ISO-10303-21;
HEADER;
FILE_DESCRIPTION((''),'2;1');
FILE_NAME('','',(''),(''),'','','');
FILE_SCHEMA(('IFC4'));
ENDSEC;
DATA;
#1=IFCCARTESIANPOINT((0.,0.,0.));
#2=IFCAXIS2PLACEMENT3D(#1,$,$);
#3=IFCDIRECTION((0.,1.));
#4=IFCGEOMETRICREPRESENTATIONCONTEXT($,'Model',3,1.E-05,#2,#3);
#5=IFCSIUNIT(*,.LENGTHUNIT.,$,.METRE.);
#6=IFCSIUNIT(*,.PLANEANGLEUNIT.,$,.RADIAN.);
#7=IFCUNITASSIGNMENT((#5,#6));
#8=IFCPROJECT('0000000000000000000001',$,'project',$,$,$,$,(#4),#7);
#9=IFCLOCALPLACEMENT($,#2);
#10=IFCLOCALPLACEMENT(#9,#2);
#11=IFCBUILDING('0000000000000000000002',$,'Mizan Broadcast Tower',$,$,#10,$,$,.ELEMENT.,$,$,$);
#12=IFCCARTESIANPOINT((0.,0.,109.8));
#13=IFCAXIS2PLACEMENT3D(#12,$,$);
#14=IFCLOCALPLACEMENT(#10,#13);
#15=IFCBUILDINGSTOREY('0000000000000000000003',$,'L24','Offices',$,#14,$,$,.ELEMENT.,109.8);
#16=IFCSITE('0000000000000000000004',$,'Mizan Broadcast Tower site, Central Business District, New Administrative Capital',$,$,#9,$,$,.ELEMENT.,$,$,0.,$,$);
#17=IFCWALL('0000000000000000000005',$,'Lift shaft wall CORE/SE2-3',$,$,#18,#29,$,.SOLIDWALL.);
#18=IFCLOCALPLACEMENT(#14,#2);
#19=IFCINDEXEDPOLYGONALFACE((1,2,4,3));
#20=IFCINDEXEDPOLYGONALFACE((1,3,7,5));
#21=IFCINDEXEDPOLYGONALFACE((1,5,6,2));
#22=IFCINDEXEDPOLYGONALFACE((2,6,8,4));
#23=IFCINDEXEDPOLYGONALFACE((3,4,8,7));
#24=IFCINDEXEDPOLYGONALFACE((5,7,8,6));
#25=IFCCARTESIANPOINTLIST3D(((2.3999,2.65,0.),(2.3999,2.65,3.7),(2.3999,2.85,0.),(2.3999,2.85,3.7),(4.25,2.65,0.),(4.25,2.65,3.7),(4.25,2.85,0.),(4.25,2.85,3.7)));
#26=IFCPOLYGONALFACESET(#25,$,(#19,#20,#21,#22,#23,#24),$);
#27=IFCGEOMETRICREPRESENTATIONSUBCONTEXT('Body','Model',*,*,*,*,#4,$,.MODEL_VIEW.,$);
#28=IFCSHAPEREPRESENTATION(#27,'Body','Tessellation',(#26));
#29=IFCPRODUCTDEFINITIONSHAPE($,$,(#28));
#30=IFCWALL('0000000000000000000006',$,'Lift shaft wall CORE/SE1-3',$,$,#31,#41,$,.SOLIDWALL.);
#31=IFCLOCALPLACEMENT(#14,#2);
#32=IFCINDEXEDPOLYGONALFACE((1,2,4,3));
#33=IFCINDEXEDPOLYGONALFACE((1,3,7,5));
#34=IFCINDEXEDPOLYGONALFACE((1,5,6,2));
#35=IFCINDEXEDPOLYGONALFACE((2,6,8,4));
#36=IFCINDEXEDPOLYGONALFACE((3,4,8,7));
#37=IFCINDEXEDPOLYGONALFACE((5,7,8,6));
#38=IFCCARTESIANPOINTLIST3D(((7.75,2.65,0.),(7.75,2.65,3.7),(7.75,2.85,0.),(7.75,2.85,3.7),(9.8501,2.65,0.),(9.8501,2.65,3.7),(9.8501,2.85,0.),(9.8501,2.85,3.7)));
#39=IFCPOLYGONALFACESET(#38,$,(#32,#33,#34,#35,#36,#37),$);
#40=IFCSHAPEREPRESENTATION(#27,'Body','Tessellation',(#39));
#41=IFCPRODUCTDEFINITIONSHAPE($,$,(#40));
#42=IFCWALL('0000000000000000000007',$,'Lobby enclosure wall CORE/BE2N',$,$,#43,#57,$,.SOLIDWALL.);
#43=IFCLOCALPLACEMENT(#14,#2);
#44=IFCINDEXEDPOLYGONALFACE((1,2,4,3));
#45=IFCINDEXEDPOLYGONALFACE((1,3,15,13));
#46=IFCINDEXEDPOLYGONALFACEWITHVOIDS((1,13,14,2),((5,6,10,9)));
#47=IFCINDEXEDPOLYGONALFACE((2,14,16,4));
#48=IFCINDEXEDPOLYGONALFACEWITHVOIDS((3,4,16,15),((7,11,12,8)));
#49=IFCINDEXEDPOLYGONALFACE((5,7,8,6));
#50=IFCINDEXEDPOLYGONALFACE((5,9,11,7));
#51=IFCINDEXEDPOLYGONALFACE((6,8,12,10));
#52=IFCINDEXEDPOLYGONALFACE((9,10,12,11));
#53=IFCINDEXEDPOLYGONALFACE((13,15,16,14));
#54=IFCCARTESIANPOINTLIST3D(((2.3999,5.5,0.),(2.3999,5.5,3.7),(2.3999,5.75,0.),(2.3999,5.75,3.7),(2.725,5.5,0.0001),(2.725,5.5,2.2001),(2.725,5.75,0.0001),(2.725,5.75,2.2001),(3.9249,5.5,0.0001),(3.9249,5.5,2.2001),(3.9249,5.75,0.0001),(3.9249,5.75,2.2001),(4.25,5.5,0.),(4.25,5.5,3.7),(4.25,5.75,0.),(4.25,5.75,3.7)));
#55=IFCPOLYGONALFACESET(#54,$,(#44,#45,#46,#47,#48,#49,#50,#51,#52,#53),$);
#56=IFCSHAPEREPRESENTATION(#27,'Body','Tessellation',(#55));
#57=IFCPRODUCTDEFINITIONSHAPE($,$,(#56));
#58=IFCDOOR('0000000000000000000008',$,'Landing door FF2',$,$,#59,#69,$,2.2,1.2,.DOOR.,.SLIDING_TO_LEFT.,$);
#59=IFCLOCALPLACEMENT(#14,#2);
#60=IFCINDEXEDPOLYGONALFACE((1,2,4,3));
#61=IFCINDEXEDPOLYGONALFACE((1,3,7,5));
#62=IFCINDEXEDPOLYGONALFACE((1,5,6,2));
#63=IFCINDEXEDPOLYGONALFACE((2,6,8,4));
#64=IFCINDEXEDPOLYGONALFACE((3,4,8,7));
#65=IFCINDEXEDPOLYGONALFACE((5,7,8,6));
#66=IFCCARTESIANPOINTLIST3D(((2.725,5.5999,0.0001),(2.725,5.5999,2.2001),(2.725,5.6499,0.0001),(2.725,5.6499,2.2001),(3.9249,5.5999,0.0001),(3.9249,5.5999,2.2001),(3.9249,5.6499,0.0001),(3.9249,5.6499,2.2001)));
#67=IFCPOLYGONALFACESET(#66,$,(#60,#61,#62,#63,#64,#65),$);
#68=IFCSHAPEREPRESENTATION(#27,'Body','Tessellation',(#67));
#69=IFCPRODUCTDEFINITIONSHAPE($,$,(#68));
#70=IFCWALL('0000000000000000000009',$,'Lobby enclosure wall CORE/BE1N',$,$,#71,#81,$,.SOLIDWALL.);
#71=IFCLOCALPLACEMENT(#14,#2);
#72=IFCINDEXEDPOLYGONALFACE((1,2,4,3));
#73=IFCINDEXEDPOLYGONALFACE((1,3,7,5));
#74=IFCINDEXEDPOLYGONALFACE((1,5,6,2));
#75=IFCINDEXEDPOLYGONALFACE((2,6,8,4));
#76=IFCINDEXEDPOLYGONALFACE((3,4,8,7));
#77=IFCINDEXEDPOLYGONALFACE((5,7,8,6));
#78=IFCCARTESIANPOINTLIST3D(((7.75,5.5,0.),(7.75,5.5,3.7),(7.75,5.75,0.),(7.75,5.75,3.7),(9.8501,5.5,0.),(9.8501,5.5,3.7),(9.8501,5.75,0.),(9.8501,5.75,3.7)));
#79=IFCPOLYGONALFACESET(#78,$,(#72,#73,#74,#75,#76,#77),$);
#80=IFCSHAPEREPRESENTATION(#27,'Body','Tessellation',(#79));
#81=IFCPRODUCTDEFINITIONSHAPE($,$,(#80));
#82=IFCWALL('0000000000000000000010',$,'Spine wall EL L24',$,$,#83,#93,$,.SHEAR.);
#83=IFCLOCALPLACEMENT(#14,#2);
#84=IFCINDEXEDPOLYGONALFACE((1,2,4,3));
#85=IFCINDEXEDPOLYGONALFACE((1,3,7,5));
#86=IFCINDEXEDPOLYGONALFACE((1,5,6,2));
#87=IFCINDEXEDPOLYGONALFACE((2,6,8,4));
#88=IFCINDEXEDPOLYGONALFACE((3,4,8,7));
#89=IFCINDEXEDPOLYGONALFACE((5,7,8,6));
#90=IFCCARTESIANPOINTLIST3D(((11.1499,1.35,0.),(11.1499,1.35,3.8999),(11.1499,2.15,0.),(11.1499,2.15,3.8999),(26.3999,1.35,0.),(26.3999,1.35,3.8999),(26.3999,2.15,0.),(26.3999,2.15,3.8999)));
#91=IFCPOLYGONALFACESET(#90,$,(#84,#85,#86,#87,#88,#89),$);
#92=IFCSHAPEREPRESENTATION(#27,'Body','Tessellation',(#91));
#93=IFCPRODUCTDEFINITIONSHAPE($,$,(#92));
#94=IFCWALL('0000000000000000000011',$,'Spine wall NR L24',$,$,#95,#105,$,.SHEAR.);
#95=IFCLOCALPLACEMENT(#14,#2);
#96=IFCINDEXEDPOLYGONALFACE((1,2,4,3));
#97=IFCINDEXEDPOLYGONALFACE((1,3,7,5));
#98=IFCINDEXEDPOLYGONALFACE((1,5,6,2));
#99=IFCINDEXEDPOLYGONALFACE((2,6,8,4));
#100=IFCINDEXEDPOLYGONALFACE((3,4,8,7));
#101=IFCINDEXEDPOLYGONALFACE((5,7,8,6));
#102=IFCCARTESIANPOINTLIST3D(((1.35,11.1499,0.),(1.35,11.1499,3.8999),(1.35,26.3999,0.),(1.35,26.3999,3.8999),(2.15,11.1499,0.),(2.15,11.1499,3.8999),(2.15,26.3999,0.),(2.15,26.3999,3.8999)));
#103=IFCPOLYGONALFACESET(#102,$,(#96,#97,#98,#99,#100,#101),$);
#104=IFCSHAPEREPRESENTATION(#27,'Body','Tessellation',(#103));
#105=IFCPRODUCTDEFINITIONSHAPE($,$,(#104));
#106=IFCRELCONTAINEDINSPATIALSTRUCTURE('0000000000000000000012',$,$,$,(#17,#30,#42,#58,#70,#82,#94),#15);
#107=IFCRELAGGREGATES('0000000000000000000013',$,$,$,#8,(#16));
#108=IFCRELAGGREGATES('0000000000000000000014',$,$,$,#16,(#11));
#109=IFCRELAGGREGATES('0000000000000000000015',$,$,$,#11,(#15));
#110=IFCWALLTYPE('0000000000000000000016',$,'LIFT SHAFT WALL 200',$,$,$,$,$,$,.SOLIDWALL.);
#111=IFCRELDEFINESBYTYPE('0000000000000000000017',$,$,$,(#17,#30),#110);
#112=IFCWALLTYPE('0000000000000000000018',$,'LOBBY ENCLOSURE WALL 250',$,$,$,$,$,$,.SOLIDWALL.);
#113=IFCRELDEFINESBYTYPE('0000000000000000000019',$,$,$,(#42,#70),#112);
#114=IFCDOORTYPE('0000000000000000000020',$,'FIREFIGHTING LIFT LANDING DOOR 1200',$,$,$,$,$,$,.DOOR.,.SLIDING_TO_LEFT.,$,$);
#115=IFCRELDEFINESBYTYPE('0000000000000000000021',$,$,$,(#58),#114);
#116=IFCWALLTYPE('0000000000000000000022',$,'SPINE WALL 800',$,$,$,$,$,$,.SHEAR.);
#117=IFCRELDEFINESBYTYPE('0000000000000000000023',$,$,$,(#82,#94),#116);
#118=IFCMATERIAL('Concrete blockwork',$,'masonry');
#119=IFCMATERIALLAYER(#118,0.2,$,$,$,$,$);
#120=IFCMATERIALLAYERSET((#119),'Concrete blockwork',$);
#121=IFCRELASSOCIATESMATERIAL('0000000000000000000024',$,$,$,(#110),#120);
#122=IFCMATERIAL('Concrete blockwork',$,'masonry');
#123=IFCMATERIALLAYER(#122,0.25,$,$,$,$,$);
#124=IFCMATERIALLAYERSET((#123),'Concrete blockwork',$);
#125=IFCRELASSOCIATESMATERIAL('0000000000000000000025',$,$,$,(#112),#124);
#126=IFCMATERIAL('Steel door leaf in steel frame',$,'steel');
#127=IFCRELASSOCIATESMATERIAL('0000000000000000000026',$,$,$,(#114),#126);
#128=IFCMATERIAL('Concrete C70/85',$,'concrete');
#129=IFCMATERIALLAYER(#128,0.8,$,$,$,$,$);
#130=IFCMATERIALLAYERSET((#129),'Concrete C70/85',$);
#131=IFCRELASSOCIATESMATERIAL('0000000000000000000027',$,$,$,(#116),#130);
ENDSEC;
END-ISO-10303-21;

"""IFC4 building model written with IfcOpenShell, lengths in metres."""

from ifc_helpers import new_model, si_unit, direction, frame, frame_2d, origin, place, context, subcontext, project, spatial, rectangle, extrude, material, layer, layer_set, type_object, element, fill, save


model = new_model("IFC4")

# Units and contexts
model_context = context("Model", 3, precision=1e-05, world=origin(), true_north=direction((0.0, 1.0)))
body_context = subcontext(model_context, "Body", "Model", "MODEL_VIEW")
ifc_project = project(units=[si_unit("LENGTHUNIT", "METRE"), si_unit("PLANEANGLEUNIT", "RADIAN")], contexts=[model_context])

# Site, building, storey
site_placement = place(None, origin())
site = spatial("IfcSite", under=ifc_project, at=site_placement, Name="Mizan Broadcast Tower site, Central Business District, New Administrative Capital", CompositionType="ELEMENT", RefElevation=0.0)
building_placement = place(site_placement, origin())
building = spatial("IfcBuilding", under=site, at=building_placement, Name="Mizan Broadcast Tower", CompositionType="ELEMENT")
storey_placement = place(building_placement, frame((0.0, 0.0, 109.8)))
storey = spatial("IfcBuildingStorey", under=building, at=storey_placement, Name="L24", Description="Offices", CompositionType="ELEMENT", Elevation=109.8)

# Walls
ifc_material_1 = material(Name="Concrete blockwork", Category="masonry")
ifc_layer_1 = layer(ifc_material_1, 0.2)
ifc_layer_set_1 = layer_set([ifc_layer_1], Name="Concrete blockwork")
wall_type_1 = type_object("IfcWallType", Name="LIFT SHAFT WALL 200", PredefinedType="SOLIDWALL", material=ifc_layer_set_1)
wall_1_placement = place(storey_placement, frame((2.3999, 2.75, 0.0), z_axis=(0.0, 0.0, 1.0), x_axis=(1.0, 0.0, 0.0)))
element("IfcWall", 1, at=wall_1_placement, inside=storey, type_object=wall_type_1, Name="Lift shaft wall CORE/SE2-3", PredefinedType="SOLIDWALL", context=body_context, shape_type="SweptSolid", body=[
    extrude(rectangle(XDim=1.8501, YDim=0.2, at=frame_2d((0.925, 0.0))), origin(), (0.0, 0.0, 1.0), 3.7),
])
wall_2_placement = place(storey_placement, frame((7.75, 2.75, 0.0), z_axis=(0.0, 0.0, 1.0), x_axis=(1.0, 0.0, 0.0)))
element("IfcWall", 2, at=wall_2_placement, inside=storey, type_object=wall_type_1, Name="Lift shaft wall CORE/SE1-3", PredefinedType="SOLIDWALL", context=body_context, shape_type="SweptSolid", body=[
    extrude(rectangle(XDim=2.1001, YDim=0.2, at=frame_2d((1.05, 0.0))), origin(), (0.0, 0.0, 1.0), 3.7),
])

# Wall, opening, door
ifc_material_2 = material(Name="Concrete blockwork", Category="masonry")
ifc_layer_2 = layer(ifc_material_2, 0.25)
ifc_layer_set_2 = layer_set([ifc_layer_2], Name="Concrete blockwork")
wall_type_2 = type_object("IfcWallType", Name="LOBBY ENCLOSURE WALL 250", PredefinedType="SOLIDWALL", material=ifc_layer_set_2)
wall_3_placement = place(storey_placement, frame((2.3999, 5.625, 0.0), z_axis=(0.0, 0.0, 1.0), x_axis=(1.0, 0.0, 0.0)))
wall_3 = element("IfcWall", 3, at=wall_3_placement, inside=storey, type_object=wall_type_2, Name="Lobby enclosure wall CORE/BE2N", PredefinedType="SOLIDWALL", context=body_context, shape_type="SweptSolid", body=[
    extrude(rectangle(XDim=1.8501, YDim=0.25, at=frame_2d((0.925, 0.0))), origin(), (0.0, 0.0, 1.0), 3.7),
])
opening_1_placement = place(wall_3_placement, frame((0.325, 0.0, 0.0)))
opening_1 = element("IfcOpeningElement", 4, at=opening_1_placement, cuts=wall_3, PredefinedType="OPENING", context=body_context, shape_type="SweptSolid", body=[
    extrude(rectangle(XDim=1.2, YDim=2.2, at=frame_2d((0.6001, 1.1001))), frame((0.0, 0.135, 0.0), z_axis=(0.0, -1.0, 0.0), x_axis=(1.0, 0.0, 0.0)), (0.0, 0.0, 1.0), 0.27),
])
ifc_material_3 = material(Name="Steel door leaf in steel frame", Category="steel")
door_type_1 = type_object("IfcDoorType", Name="FIREFIGHTING LIFT LANDING DOOR 1200", OperationType="SLIDING_TO_LEFT", PredefinedType="DOOR", material=ifc_material_3)
door_1_placement = place(opening_1_placement, origin())
door_1 = element("IfcDoor", 5, at=door_1_placement, inside=storey, type_object=door_type_1, Name="Landing door FF2", OperationType="SLIDING_TO_LEFT", OverallHeight=2.2, OverallWidth=1.2, PredefinedType="DOOR", context=body_context, shape_type="SweptSolid", body=[
    extrude(rectangle(XDim=1.2, YDim=2.2, at=frame_2d((0.6001, 1.1001))), frame((0.0, 0.0249, 0.0), z_axis=(0.0, -1.0, 0.0), x_axis=(1.0, 0.0, 0.0)), (0.0, 0.0, 1.0), 0.05),
])
fill(opening_1, door_1)

# Walls
wall_4_placement = place(storey_placement, frame((7.75, 5.625, 0.0), z_axis=(0.0, 0.0, 1.0), x_axis=(1.0, 0.0, 0.0)))
element("IfcWall", 6, at=wall_4_placement, inside=storey, type_object=wall_type_2, Name="Lobby enclosure wall CORE/BE1N", PredefinedType="SOLIDWALL", context=body_context, shape_type="SweptSolid", body=[
    extrude(rectangle(XDim=2.1001, YDim=0.25, at=frame_2d((1.05, 0.0))), origin(), (0.0, 0.0, 1.0), 3.7),
])
ifc_material_4 = material(Name="Concrete C70/85", Category="concrete")
ifc_layer_3 = layer(ifc_material_4, 0.8)
ifc_layer_set_3 = layer_set([ifc_layer_3], Name="Concrete C70/85")
wall_type_3 = type_object("IfcWallType", Name="SPINE WALL 800", PredefinedType="SHEAR", material=ifc_layer_set_3)
for number, where, z_axis, x_axis, name in (
    (7, (11.1499, 1.75, 0.0), (0.0, 0.0, 1.0), (1.0, 0.0, 0.0), "Spine wall EL L24"),
    (8, (1.75, 11.1499, 0.0), (0.0, 0.0, 1.0), (0.0, 1.0, 0.0), "Spine wall NR L24"),
):
    element("IfcWall", number, at=place(storey_placement, frame(where, z_axis=z_axis, x_axis=x_axis)), inside=storey, type_object=wall_type_3, Name=name, PredefinedType="SHEAR", context=body_context, shape_type="SweptSolid", body=[
        extrude(rectangle(XDim=15.25, YDim=0.8, at=frame_2d((7.625, 0.0))), origin(), (0.0, 0.0, 1.0), 3.8999),
    ])

save(model, "model.ifc")
